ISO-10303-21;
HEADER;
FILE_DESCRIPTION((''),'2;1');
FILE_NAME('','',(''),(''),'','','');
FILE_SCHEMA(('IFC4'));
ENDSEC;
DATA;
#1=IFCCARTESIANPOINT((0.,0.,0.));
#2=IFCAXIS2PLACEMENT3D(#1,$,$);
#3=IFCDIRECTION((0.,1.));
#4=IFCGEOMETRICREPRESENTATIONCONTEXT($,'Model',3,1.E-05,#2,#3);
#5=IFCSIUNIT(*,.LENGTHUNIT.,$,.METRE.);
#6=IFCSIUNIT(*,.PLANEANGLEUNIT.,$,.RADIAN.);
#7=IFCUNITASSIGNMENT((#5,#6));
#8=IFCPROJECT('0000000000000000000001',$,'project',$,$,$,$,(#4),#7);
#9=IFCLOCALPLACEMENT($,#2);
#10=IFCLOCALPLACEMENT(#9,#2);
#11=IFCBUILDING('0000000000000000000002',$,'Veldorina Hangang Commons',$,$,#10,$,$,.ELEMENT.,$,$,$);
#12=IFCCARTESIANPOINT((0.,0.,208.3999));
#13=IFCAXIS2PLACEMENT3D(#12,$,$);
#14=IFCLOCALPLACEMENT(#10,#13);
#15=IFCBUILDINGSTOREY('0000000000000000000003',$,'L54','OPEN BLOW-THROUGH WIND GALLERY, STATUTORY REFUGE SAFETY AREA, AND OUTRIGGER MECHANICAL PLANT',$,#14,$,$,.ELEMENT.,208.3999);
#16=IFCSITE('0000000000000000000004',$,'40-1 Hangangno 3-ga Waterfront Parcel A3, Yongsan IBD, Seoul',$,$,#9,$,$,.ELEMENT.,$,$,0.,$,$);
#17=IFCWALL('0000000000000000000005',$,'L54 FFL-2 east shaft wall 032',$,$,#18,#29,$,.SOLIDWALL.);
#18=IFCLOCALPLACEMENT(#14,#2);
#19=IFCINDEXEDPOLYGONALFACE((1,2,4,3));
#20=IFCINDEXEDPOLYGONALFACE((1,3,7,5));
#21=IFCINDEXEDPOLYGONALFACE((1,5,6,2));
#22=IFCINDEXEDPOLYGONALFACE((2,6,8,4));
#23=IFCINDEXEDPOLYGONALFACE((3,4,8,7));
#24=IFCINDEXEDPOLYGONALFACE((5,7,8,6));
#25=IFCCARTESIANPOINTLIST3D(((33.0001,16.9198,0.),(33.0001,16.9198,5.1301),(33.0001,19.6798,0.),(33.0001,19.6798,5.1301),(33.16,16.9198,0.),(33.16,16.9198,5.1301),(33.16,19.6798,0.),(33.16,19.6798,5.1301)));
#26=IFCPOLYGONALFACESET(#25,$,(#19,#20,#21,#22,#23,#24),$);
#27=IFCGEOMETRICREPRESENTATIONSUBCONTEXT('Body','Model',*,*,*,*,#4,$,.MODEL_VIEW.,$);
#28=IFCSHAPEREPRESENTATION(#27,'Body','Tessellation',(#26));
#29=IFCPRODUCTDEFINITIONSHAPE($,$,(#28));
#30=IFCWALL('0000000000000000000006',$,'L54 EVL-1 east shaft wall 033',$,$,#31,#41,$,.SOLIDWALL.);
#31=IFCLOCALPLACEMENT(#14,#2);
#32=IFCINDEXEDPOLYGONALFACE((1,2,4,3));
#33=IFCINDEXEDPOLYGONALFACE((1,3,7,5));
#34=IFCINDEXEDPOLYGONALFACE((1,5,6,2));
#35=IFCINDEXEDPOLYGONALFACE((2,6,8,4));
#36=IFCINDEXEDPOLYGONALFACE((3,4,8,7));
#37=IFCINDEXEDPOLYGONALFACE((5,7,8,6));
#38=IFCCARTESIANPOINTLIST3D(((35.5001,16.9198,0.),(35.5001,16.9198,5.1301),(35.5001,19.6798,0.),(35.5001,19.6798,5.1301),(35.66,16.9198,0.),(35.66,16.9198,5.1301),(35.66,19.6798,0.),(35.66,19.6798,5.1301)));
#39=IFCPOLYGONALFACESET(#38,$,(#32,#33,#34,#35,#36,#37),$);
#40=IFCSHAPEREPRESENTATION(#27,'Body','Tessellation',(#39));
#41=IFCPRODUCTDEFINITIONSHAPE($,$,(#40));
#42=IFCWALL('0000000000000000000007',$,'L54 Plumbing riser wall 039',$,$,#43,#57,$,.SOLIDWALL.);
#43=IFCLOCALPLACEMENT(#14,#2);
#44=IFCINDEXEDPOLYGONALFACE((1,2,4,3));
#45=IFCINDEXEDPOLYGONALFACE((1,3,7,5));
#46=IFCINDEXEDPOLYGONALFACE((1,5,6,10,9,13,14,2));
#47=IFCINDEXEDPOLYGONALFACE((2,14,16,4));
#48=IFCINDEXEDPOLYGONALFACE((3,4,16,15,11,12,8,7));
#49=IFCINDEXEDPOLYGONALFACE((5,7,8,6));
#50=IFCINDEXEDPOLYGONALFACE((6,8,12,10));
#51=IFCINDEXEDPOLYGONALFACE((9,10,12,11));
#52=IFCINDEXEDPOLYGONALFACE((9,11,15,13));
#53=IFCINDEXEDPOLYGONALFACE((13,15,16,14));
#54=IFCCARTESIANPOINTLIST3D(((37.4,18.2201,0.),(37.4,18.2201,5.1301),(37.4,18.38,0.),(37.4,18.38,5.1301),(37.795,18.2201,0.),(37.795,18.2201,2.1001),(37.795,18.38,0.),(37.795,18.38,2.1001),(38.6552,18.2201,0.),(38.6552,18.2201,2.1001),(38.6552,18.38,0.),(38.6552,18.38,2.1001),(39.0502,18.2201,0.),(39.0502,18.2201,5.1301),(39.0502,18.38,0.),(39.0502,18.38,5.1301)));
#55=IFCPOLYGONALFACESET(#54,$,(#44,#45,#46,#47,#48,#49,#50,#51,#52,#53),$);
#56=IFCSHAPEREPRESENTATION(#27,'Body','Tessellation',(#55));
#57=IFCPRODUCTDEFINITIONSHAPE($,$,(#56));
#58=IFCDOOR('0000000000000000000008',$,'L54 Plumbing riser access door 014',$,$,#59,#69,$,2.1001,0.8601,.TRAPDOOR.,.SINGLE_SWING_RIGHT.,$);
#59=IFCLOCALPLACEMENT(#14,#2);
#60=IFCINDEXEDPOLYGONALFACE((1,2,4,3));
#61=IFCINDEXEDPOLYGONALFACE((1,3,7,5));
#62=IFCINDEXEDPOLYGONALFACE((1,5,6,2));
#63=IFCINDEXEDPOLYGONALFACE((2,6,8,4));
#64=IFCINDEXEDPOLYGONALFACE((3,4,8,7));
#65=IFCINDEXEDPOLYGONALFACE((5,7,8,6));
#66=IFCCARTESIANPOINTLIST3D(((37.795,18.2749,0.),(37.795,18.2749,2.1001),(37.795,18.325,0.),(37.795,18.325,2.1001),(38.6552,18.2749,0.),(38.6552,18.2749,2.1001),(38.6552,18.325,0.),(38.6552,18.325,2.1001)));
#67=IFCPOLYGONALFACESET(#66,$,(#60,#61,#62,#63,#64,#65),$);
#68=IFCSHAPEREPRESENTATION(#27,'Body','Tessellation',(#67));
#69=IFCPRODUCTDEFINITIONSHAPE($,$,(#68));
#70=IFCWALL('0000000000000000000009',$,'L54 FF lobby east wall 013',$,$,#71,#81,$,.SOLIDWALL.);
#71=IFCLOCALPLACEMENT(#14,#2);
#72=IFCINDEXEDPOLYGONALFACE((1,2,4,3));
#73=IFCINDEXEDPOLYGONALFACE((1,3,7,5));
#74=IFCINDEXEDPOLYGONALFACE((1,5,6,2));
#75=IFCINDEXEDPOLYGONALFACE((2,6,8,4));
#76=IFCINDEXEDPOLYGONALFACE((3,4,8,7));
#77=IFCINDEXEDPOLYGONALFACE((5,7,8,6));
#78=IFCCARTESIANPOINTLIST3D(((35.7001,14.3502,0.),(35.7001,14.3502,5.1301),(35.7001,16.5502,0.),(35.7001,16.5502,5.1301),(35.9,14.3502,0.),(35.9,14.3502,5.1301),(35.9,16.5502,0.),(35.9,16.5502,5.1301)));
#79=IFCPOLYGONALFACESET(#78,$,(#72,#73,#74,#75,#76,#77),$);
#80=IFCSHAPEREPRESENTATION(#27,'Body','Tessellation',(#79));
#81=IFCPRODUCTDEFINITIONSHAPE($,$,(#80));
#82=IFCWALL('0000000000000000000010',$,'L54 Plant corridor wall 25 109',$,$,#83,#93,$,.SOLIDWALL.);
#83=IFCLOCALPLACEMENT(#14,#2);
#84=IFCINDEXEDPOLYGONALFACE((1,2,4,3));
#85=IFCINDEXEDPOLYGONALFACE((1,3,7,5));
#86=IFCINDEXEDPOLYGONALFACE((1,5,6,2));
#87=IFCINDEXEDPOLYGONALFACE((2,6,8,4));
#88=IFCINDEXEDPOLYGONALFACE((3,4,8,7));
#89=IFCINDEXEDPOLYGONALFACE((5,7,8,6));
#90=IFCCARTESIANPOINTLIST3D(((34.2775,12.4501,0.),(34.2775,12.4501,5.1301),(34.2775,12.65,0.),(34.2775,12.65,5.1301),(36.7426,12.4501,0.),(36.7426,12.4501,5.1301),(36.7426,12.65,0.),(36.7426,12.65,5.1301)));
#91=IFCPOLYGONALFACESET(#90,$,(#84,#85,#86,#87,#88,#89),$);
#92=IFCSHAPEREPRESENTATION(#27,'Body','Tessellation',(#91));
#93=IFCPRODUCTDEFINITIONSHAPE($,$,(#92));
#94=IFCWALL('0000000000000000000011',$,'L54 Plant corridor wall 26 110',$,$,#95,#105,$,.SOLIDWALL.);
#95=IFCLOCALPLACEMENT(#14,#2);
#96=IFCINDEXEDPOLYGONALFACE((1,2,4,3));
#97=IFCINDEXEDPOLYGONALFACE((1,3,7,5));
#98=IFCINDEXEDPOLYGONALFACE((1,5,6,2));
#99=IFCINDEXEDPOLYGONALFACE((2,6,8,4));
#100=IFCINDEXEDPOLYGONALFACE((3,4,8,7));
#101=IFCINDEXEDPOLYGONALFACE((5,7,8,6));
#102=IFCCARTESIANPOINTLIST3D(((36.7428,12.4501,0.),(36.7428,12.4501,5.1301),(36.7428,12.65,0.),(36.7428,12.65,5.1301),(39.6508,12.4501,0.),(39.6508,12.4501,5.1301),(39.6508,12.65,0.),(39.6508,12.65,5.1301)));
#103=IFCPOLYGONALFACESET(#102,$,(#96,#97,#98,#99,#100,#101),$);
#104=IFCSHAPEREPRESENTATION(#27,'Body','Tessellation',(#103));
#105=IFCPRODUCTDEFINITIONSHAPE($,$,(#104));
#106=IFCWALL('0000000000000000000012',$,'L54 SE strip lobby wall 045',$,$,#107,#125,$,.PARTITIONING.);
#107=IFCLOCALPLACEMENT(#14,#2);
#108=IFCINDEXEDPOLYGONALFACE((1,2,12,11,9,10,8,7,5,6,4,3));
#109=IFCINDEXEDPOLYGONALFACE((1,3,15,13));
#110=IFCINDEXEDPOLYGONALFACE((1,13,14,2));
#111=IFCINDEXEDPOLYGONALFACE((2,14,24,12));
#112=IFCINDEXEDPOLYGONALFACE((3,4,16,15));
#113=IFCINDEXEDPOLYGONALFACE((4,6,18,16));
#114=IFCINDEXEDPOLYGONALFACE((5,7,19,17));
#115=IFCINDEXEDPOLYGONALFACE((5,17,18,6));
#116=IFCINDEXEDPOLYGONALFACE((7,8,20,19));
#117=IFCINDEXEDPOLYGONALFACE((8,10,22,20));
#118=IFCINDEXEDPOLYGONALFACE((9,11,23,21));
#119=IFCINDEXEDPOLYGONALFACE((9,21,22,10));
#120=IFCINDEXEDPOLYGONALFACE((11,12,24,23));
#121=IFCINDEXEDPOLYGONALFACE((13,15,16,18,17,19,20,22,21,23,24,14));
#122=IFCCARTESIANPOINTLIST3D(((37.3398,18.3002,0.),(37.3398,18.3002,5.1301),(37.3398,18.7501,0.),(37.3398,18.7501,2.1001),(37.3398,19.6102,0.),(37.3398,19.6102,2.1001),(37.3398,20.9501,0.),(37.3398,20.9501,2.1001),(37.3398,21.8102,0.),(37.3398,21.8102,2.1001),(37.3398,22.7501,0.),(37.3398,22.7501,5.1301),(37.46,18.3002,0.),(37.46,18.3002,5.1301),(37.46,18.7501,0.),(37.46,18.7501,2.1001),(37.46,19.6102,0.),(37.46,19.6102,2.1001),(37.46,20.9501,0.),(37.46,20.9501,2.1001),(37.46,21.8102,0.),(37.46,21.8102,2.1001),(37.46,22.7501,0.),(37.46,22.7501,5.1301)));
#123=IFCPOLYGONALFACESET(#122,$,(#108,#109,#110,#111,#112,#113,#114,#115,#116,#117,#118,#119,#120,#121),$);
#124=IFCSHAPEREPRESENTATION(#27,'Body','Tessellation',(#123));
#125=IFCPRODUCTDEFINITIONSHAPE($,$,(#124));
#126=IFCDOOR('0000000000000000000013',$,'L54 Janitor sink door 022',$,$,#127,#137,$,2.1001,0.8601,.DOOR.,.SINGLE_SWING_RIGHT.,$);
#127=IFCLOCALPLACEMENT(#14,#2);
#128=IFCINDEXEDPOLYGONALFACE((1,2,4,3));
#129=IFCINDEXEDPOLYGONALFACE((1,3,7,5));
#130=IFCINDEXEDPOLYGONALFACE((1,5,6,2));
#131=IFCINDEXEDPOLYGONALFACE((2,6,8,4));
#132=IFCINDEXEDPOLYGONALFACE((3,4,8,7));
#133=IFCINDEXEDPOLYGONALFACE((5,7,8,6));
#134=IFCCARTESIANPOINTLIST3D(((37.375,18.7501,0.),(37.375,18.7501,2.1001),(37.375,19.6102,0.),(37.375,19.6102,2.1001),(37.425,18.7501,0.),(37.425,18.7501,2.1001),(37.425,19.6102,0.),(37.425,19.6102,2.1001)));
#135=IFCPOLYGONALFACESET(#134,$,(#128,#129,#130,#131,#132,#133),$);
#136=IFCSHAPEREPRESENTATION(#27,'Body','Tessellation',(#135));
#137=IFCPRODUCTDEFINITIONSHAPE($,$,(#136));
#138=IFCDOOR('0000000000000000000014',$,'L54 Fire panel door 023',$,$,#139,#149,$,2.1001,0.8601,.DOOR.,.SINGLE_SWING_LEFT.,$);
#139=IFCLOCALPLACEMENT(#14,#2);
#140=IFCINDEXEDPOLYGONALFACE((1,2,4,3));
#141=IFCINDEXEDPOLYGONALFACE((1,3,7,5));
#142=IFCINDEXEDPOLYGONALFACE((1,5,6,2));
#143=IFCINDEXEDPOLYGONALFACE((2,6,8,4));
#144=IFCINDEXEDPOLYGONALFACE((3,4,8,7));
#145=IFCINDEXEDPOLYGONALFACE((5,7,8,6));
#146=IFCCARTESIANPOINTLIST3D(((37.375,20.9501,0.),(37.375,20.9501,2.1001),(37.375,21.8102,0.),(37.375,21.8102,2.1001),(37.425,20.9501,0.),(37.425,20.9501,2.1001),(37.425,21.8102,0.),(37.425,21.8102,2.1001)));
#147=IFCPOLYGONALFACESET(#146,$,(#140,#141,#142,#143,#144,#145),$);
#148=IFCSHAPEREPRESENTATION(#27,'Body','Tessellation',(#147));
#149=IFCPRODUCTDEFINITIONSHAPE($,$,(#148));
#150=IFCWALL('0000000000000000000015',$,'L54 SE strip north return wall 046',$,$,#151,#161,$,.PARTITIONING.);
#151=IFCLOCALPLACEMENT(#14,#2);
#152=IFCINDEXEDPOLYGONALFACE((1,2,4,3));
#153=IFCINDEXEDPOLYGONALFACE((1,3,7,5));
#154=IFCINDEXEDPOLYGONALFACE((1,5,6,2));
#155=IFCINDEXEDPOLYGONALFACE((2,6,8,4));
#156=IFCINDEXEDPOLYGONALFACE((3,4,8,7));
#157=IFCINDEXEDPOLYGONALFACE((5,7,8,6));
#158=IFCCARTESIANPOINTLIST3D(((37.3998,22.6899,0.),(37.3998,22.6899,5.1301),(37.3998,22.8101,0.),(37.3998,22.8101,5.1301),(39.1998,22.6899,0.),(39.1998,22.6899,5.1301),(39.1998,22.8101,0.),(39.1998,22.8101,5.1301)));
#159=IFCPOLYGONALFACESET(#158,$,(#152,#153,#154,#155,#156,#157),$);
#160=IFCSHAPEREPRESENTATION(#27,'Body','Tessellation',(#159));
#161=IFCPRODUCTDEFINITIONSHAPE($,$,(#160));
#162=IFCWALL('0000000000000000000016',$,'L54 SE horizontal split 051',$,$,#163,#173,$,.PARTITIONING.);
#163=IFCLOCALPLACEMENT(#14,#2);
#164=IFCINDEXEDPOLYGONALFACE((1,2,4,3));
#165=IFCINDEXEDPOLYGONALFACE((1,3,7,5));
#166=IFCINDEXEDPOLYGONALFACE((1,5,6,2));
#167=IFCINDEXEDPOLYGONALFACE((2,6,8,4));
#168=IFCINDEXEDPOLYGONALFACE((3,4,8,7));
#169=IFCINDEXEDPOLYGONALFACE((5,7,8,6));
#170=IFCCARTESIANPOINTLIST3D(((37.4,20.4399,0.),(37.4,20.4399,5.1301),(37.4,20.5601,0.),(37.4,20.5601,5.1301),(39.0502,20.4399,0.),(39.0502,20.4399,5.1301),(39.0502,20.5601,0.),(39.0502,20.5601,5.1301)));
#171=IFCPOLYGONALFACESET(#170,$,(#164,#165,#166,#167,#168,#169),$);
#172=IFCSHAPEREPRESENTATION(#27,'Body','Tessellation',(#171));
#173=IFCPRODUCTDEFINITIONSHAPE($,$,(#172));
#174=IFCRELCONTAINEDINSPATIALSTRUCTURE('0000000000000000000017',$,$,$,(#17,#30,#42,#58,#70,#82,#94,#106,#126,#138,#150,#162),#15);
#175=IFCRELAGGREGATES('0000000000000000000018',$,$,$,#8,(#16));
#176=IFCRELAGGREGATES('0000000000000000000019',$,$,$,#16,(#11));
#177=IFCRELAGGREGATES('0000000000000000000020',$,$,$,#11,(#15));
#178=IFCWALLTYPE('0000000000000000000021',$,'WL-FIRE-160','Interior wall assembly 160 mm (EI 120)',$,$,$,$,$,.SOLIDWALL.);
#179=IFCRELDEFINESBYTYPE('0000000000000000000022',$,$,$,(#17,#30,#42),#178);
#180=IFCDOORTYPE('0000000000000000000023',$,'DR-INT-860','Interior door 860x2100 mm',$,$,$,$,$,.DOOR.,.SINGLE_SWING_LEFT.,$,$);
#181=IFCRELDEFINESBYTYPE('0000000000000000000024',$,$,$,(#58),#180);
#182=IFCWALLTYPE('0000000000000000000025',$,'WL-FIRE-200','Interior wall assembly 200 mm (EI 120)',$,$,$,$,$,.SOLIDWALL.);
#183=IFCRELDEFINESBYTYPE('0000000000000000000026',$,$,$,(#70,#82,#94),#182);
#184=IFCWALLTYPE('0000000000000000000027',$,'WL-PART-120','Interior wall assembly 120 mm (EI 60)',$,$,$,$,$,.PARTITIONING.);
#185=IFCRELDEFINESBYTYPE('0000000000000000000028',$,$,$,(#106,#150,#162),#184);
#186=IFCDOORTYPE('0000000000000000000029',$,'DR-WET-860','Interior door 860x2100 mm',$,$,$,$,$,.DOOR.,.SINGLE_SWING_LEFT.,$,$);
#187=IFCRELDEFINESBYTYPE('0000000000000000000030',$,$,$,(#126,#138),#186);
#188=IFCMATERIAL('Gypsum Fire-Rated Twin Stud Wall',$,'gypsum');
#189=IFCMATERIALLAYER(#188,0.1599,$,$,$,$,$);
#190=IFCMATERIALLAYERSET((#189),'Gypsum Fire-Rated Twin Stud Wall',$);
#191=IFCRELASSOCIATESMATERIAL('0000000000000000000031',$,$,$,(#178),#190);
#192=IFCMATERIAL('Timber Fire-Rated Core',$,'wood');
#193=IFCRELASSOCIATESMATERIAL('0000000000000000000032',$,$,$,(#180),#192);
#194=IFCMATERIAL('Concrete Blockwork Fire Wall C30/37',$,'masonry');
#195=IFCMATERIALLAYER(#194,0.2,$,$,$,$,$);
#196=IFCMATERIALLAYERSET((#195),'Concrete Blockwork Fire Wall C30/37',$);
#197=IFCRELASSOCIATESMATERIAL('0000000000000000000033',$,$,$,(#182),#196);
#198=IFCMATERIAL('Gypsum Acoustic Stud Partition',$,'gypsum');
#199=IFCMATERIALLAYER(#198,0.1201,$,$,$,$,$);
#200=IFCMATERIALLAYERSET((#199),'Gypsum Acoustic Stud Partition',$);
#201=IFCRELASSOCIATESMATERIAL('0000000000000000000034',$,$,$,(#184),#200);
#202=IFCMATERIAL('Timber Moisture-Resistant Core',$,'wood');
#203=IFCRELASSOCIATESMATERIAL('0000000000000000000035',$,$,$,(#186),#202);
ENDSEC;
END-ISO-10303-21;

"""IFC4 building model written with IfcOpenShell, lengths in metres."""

from ifc_helpers import new_model, si_unit, direction, frame, frame_2d, origin, place, context, subcontext, project, spatial, rectangle, extrude, material, layer, layer_set, type_object, element, fill, save


model = new_model("IFC4")

# Units and contexts
model_context = context("Model", 3, precision=1e-05, world=origin(), true_north=direction((0.0, 1.0)))
body_context = subcontext(model_context, "Body", "Model", "MODEL_VIEW")
ifc_project = project(units=[si_unit("LENGTHUNIT", "METRE"), si_unit("PLANEANGLEUNIT", "RADIAN")], contexts=[model_context])

# Site, building, storey
site_placement = place(None, origin())
site = spatial("IfcSite", under=ifc_project, at=site_placement, Name="40-1 Hangangno 3-ga Waterfront Parcel A3, Yongsan IBD, Seoul", CompositionType="ELEMENT", RefElevation=0.0)
building_placement = place(site_placement, origin())
building = spatial("IfcBuilding", under=site, at=building_placement, Name="Veldorina Hangang Commons", CompositionType="ELEMENT")
storey_placement = place(building_placement, frame((0.0, 0.0, 208.3999)))
storey = spatial("IfcBuildingStorey", under=building, at=storey_placement, Name="L54", Description="OPEN BLOW-THROUGH WIND GALLERY, STATUTORY REFUGE SAFETY AREA, AND OUTRIGGER MECHANICAL PLANT", CompositionType="ELEMENT", Elevation=208.3999)

# Walls
ifc_material_1 = material(Name="Gypsum Fire-Rated Twin Stud Wall", Category="gypsum")
ifc_layer_1 = layer(ifc_material_1, 0.1599)
ifc_layer_set_1 = layer_set([ifc_layer_1], Name="Gypsum Fire-Rated Twin Stud Wall")
wall_type_1 = type_object("IfcWallType", Name="WL-FIRE-160", Description="Interior wall assembly 160 mm (EI 120)", PredefinedType="SOLIDWALL", material=ifc_layer_set_1)
for number, where, z_axis, x_axis, name in (
    (1, (33.0801, 16.9199, 0.0), (0.0, 0.0, 1.0), (0.0, 1.0, 0.0), "L54 FFL-2 east shaft wall 032"),
    (2, (35.5801, 16.9199, 0.0), (0.0, 0.0, 1.0), (0.0, 1.0, 0.0), "L54 EVL-1 east shaft wall 033"),
):
    element("IfcWall", number, at=place(storey_placement, frame(where, z_axis=z_axis, x_axis=x_axis)), inside=storey, type_object=wall_type_1, Name=name, PredefinedType="SOLIDWALL", context=body_context, shape_type="SweptSolid", body=[
        extrude(rectangle(XDim=2.76, YDim=0.1599, at=frame_2d((1.3799, 0.0))), origin(), (0.0, 0.0, 1.0), 5.1301),
    ])

# Wall, opening, door
wall_1_placement = place(storey_placement, frame((37.3999, 18.3, 0.0), z_axis=(0.0, 0.0, 1.0), x_axis=(1.0, 0.0, 0.0)))
wall_1 = element("IfcWall", 3, at=wall_1_placement, inside=storey, type_object=wall_type_1, Name="L54 Plumbing riser wall 039", PredefinedType="SOLIDWALL", context=body_context, shape_type="SweptSolid", body=[
    extrude(rectangle(XDim=1.6501, YDim=0.1599, at=frame_2d((0.8252, 0.0))), origin(), (0.0, 0.0, 1.0), 5.1301),
])
opening_1_placement = place(wall_1_placement, frame((0.395, 0.0, 0.0)))
opening_1 = element("IfcOpeningElement", 4, at=opening_1_placement, cuts=wall_1, PredefinedType="OPENING", context=body_context, shape_type="SweptSolid", body=[
    extrude(rectangle(XDim=0.8601, YDim=2.1001, at=frame_2d((0.4302, 1.05))), frame((0.0, 0.0898, 0.0), z_axis=(0.0, -1.0, 0.0), x_axis=(1.0, 0.0, 0.0)), (0.0, 0.0, 1.0), 0.1799),
])
ifc_material_2 = material(Name="Timber Fire-Rated Core", Category="wood")
door_type_1 = type_object("IfcDoorType", Name="DR-INT-860", Description="Interior door 860x2100 mm", OperationType="SINGLE_SWING_LEFT", PredefinedType="DOOR", material=ifc_material_2)
door_1_placement = place(opening_1_placement, origin())
door_1 = element("IfcDoor", 5, at=door_1_placement, inside=storey, type_object=door_type_1, Name="L54 Plumbing riser access door 014", OperationType="SINGLE_SWING_RIGHT", OverallHeight=2.1001, OverallWidth=0.8601, PredefinedType="TRAPDOOR", context=body_context, shape_type="SweptSolid", body=[
    extrude(rectangle(XDim=0.8601, YDim=2.1001, at=frame_2d((0.4302, 1.05))), frame((0.0, 0.0249, 0.0), z_axis=(0.0, -1.0, 0.0), x_axis=(1.0, 0.0, 0.0)), (0.0, 0.0, 1.0), 0.05),
])
fill(opening_1, door_1)

# Walls
ifc_material_3 = material(Name="Concrete Blockwork Fire Wall C30/37", Category="masonry")
ifc_layer_2 = layer(ifc_material_3, 0.2)
ifc_layer_set_2 = layer_set([ifc_layer_2], Name="Concrete Blockwork Fire Wall C30/37")
wall_type_2 = type_object("IfcWallType", Name="WL-FIRE-200", Description="Interior wall assembly 200 mm (EI 120)", PredefinedType="SOLIDWALL", material=ifc_layer_set_2)
wall_2_placement = place(storey_placement, frame((35.8, 14.3501, 0.0), z_axis=(0.0, 0.0, 1.0), x_axis=(0.0, 1.0, 0.0)))
element("IfcWall", 6, at=wall_2_placement, inside=storey, type_object=wall_type_2, Name="L54 FF lobby east wall 013", PredefinedType="SOLIDWALL", context=body_context, shape_type="SweptSolid", body=[
    extrude(rectangle(XDim=2.2, YDim=0.2, at=frame_2d((1.1001, 0.0))), origin(), (0.0, 0.0, 1.0), 5.1301),
])
wall_3_placement = place(storey_placement, frame((34.2776, 12.55, 0.0), z_axis=(0.0, 0.0, 1.0), x_axis=(1.0, 0.0, 0.0)))
element("IfcWall", 7, at=wall_3_placement, inside=storey, type_object=wall_type_2, Name="L54 Plant corridor wall 25 109", PredefinedType="SOLIDWALL", context=body_context, shape_type="SweptSolid", body=[
    extrude(rectangle(XDim=2.4651, YDim=0.2, at=frame_2d((1.2324, 0.0))), origin(), (0.0, 0.0, 1.0), 5.1301),
])
wall_4_placement = place(storey_placement, frame((36.7427, 12.55, 0.0), z_axis=(0.0, 0.0, 1.0), x_axis=(1.0, 0.0, 0.0)))
element("IfcWall", 8, at=wall_4_placement, inside=storey, type_object=wall_type_2, Name="L54 Plant corridor wall 26 110", PredefinedType="SOLIDWALL", context=body_context, shape_type="SweptSolid", body=[
    extrude(rectangle(XDim=2.908, YDim=0.2, at=frame_2d((1.4541, 0.0))), origin(), (0.0, 0.0, 1.0), 5.1301),
])

# Wall, openings, doors
ifc_material_4 = material(Name="Gypsum Acoustic Stud Partition", Category="gypsum")
ifc_layer_3 = layer(ifc_material_4, 0.1201)
ifc_layer_set_3 = layer_set([ifc_layer_3], Name="Gypsum Acoustic Stud Partition")
wall_type_3 = type_object("IfcWallType", Name="WL-PART-120", Description="Interior wall assembly 120 mm (EI 60)", PredefinedType="PARTITIONING", material=ifc_layer_set_3)
wall_5_placement = place(storey_placement, frame((37.3999, 18.3, 0.0), z_axis=(0.0, 0.0, 1.0), x_axis=(0.0, 1.0, 0.0)))
wall_5 = element("IfcWall", 9, at=wall_5_placement, inside=storey, type_object=wall_type_3, Name="L54 SE strip lobby wall 045", PredefinedType="PARTITIONING", context=body_context, shape_type="SweptSolid", body=[
    extrude(rectangle(XDim=4.45, YDim=0.1201, at=frame_2d((2.2251, 0.0))), origin(), (0.0, 0.0, 1.0), 5.1301),
])
opening_2_placement = place(wall_5_placement, frame((0.45, 0.0, 0.0)))
opening_2 = element("IfcOpeningElement", 10, at=opening_2_placement, cuts=wall_5, PredefinedType="OPENING", context=body_context, shape_type="SweptSolid", body=[
    extrude(rectangle(XDim=0.8601, YDim=2.1001, at=frame_2d((0.4302, 1.05))), frame((0.0, 0.0701, 0.0), z_axis=(0.0, -1.0, 0.0), x_axis=(1.0, 0.0, 0.0)), (0.0, 0.0, 1.0), 0.1401),
])
opening_3_placement = place(wall_5_placement, frame((2.6499, 0.0, 0.0)))
opening_3 = element("IfcOpeningElement", 11, at=opening_3_placement, cuts=wall_5, PredefinedType="OPENING", context=body_context, shape_type="SweptSolid", body=[
    extrude(rectangle(XDim=0.8601, YDim=2.1001, at=frame_2d((0.4302, 1.05))), frame((0.0, 0.0701, 0.0), z_axis=(0.0, -1.0, 0.0), x_axis=(1.0, 0.0, 0.0)), (0.0, 0.0, 1.0), 0.1401),
])
ifc_material_5 = material(Name="Timber Moisture-Resistant Core", Category="wood")
door_type_2 = type_object("IfcDoorType", Name="DR-WET-860", Description="Interior door 860x2100 mm", OperationType="SINGLE_SWING_LEFT", PredefinedType="DOOR", material=ifc_material_5)
door_2_placement = place(opening_2_placement, origin())
door_2 = element("IfcDoor", 12, at=door_2_placement, inside=storey, type_object=door_type_2, Name="L54 Janitor sink door 022", OperationType="SINGLE_SWING_RIGHT", OverallHeight=2.1001, OverallWidth=0.8601, PredefinedType="DOOR", context=body_context, shape_type="SweptSolid", body=[
    extrude(rectangle(XDim=0.8601, YDim=2.1001, at=frame_2d((0.4302, 1.05))), frame((0.0, 0.0249, 0.0), z_axis=(0.0, -1.0, 0.0), x_axis=(1.0, 0.0, 0.0)), (0.0, 0.0, 1.0), 0.05),
])
fill(opening_2, door_2)
door_3_placement = place(opening_3_placement, origin())
door_3 = element("IfcDoor", 13, at=door_3_placement, inside=storey, type_object=door_type_2, Name="L54 Fire panel door 023", OperationType="SINGLE_SWING_LEFT", OverallHeight=2.1001, OverallWidth=0.8601, PredefinedType="DOOR", context=body_context, shape_type="SweptSolid", body=[
    extrude(rectangle(XDim=0.8601, YDim=2.1001, at=frame_2d((0.4302, 1.05))), frame((0.0, 0.0249, 0.0), z_axis=(0.0, -1.0, 0.0), x_axis=(1.0, 0.0, 0.0)), (0.0, 0.0, 1.0), 0.05),
])
fill(opening_3, door_3)

# Walls
wall_6_placement = place(storey_placement, frame((37.3999, 22.75, 0.0), z_axis=(0.0, 0.0, 1.0), x_axis=(1.0, 0.0, 0.0)))
element("IfcWall", 14, at=wall_6_placement, inside=storey, type_object=wall_type_3, Name="L54 SE strip north return wall 046", PredefinedType="PARTITIONING", context=body_context, shape_type="SweptSolid", body=[
    extrude(rectangle(XDim=1.8, YDim=0.1201, at=frame_2d((0.8999, 0.0))), origin(), (0.0, 0.0, 1.0), 5.1301),
])
wall_7_placement = place(storey_placement, frame((37.3999, 20.5, 0.0), z_axis=(0.0, 0.0, 1.0), x_axis=(1.0, 0.0, 0.0)))
element("IfcWall", 15, at=wall_7_placement, inside=storey, type_object=wall_type_3, Name="L54 SE horizontal split 051", PredefinedType="PARTITIONING", context=body_context, shape_type="SweptSolid", body=[
    extrude(rectangle(XDim=1.6501, YDim=0.1201, at=frame_2d((0.8252, 0.0))), origin(), (0.0, 0.0, 1.0), 5.1301),
])

save(model, "model.ifc")
